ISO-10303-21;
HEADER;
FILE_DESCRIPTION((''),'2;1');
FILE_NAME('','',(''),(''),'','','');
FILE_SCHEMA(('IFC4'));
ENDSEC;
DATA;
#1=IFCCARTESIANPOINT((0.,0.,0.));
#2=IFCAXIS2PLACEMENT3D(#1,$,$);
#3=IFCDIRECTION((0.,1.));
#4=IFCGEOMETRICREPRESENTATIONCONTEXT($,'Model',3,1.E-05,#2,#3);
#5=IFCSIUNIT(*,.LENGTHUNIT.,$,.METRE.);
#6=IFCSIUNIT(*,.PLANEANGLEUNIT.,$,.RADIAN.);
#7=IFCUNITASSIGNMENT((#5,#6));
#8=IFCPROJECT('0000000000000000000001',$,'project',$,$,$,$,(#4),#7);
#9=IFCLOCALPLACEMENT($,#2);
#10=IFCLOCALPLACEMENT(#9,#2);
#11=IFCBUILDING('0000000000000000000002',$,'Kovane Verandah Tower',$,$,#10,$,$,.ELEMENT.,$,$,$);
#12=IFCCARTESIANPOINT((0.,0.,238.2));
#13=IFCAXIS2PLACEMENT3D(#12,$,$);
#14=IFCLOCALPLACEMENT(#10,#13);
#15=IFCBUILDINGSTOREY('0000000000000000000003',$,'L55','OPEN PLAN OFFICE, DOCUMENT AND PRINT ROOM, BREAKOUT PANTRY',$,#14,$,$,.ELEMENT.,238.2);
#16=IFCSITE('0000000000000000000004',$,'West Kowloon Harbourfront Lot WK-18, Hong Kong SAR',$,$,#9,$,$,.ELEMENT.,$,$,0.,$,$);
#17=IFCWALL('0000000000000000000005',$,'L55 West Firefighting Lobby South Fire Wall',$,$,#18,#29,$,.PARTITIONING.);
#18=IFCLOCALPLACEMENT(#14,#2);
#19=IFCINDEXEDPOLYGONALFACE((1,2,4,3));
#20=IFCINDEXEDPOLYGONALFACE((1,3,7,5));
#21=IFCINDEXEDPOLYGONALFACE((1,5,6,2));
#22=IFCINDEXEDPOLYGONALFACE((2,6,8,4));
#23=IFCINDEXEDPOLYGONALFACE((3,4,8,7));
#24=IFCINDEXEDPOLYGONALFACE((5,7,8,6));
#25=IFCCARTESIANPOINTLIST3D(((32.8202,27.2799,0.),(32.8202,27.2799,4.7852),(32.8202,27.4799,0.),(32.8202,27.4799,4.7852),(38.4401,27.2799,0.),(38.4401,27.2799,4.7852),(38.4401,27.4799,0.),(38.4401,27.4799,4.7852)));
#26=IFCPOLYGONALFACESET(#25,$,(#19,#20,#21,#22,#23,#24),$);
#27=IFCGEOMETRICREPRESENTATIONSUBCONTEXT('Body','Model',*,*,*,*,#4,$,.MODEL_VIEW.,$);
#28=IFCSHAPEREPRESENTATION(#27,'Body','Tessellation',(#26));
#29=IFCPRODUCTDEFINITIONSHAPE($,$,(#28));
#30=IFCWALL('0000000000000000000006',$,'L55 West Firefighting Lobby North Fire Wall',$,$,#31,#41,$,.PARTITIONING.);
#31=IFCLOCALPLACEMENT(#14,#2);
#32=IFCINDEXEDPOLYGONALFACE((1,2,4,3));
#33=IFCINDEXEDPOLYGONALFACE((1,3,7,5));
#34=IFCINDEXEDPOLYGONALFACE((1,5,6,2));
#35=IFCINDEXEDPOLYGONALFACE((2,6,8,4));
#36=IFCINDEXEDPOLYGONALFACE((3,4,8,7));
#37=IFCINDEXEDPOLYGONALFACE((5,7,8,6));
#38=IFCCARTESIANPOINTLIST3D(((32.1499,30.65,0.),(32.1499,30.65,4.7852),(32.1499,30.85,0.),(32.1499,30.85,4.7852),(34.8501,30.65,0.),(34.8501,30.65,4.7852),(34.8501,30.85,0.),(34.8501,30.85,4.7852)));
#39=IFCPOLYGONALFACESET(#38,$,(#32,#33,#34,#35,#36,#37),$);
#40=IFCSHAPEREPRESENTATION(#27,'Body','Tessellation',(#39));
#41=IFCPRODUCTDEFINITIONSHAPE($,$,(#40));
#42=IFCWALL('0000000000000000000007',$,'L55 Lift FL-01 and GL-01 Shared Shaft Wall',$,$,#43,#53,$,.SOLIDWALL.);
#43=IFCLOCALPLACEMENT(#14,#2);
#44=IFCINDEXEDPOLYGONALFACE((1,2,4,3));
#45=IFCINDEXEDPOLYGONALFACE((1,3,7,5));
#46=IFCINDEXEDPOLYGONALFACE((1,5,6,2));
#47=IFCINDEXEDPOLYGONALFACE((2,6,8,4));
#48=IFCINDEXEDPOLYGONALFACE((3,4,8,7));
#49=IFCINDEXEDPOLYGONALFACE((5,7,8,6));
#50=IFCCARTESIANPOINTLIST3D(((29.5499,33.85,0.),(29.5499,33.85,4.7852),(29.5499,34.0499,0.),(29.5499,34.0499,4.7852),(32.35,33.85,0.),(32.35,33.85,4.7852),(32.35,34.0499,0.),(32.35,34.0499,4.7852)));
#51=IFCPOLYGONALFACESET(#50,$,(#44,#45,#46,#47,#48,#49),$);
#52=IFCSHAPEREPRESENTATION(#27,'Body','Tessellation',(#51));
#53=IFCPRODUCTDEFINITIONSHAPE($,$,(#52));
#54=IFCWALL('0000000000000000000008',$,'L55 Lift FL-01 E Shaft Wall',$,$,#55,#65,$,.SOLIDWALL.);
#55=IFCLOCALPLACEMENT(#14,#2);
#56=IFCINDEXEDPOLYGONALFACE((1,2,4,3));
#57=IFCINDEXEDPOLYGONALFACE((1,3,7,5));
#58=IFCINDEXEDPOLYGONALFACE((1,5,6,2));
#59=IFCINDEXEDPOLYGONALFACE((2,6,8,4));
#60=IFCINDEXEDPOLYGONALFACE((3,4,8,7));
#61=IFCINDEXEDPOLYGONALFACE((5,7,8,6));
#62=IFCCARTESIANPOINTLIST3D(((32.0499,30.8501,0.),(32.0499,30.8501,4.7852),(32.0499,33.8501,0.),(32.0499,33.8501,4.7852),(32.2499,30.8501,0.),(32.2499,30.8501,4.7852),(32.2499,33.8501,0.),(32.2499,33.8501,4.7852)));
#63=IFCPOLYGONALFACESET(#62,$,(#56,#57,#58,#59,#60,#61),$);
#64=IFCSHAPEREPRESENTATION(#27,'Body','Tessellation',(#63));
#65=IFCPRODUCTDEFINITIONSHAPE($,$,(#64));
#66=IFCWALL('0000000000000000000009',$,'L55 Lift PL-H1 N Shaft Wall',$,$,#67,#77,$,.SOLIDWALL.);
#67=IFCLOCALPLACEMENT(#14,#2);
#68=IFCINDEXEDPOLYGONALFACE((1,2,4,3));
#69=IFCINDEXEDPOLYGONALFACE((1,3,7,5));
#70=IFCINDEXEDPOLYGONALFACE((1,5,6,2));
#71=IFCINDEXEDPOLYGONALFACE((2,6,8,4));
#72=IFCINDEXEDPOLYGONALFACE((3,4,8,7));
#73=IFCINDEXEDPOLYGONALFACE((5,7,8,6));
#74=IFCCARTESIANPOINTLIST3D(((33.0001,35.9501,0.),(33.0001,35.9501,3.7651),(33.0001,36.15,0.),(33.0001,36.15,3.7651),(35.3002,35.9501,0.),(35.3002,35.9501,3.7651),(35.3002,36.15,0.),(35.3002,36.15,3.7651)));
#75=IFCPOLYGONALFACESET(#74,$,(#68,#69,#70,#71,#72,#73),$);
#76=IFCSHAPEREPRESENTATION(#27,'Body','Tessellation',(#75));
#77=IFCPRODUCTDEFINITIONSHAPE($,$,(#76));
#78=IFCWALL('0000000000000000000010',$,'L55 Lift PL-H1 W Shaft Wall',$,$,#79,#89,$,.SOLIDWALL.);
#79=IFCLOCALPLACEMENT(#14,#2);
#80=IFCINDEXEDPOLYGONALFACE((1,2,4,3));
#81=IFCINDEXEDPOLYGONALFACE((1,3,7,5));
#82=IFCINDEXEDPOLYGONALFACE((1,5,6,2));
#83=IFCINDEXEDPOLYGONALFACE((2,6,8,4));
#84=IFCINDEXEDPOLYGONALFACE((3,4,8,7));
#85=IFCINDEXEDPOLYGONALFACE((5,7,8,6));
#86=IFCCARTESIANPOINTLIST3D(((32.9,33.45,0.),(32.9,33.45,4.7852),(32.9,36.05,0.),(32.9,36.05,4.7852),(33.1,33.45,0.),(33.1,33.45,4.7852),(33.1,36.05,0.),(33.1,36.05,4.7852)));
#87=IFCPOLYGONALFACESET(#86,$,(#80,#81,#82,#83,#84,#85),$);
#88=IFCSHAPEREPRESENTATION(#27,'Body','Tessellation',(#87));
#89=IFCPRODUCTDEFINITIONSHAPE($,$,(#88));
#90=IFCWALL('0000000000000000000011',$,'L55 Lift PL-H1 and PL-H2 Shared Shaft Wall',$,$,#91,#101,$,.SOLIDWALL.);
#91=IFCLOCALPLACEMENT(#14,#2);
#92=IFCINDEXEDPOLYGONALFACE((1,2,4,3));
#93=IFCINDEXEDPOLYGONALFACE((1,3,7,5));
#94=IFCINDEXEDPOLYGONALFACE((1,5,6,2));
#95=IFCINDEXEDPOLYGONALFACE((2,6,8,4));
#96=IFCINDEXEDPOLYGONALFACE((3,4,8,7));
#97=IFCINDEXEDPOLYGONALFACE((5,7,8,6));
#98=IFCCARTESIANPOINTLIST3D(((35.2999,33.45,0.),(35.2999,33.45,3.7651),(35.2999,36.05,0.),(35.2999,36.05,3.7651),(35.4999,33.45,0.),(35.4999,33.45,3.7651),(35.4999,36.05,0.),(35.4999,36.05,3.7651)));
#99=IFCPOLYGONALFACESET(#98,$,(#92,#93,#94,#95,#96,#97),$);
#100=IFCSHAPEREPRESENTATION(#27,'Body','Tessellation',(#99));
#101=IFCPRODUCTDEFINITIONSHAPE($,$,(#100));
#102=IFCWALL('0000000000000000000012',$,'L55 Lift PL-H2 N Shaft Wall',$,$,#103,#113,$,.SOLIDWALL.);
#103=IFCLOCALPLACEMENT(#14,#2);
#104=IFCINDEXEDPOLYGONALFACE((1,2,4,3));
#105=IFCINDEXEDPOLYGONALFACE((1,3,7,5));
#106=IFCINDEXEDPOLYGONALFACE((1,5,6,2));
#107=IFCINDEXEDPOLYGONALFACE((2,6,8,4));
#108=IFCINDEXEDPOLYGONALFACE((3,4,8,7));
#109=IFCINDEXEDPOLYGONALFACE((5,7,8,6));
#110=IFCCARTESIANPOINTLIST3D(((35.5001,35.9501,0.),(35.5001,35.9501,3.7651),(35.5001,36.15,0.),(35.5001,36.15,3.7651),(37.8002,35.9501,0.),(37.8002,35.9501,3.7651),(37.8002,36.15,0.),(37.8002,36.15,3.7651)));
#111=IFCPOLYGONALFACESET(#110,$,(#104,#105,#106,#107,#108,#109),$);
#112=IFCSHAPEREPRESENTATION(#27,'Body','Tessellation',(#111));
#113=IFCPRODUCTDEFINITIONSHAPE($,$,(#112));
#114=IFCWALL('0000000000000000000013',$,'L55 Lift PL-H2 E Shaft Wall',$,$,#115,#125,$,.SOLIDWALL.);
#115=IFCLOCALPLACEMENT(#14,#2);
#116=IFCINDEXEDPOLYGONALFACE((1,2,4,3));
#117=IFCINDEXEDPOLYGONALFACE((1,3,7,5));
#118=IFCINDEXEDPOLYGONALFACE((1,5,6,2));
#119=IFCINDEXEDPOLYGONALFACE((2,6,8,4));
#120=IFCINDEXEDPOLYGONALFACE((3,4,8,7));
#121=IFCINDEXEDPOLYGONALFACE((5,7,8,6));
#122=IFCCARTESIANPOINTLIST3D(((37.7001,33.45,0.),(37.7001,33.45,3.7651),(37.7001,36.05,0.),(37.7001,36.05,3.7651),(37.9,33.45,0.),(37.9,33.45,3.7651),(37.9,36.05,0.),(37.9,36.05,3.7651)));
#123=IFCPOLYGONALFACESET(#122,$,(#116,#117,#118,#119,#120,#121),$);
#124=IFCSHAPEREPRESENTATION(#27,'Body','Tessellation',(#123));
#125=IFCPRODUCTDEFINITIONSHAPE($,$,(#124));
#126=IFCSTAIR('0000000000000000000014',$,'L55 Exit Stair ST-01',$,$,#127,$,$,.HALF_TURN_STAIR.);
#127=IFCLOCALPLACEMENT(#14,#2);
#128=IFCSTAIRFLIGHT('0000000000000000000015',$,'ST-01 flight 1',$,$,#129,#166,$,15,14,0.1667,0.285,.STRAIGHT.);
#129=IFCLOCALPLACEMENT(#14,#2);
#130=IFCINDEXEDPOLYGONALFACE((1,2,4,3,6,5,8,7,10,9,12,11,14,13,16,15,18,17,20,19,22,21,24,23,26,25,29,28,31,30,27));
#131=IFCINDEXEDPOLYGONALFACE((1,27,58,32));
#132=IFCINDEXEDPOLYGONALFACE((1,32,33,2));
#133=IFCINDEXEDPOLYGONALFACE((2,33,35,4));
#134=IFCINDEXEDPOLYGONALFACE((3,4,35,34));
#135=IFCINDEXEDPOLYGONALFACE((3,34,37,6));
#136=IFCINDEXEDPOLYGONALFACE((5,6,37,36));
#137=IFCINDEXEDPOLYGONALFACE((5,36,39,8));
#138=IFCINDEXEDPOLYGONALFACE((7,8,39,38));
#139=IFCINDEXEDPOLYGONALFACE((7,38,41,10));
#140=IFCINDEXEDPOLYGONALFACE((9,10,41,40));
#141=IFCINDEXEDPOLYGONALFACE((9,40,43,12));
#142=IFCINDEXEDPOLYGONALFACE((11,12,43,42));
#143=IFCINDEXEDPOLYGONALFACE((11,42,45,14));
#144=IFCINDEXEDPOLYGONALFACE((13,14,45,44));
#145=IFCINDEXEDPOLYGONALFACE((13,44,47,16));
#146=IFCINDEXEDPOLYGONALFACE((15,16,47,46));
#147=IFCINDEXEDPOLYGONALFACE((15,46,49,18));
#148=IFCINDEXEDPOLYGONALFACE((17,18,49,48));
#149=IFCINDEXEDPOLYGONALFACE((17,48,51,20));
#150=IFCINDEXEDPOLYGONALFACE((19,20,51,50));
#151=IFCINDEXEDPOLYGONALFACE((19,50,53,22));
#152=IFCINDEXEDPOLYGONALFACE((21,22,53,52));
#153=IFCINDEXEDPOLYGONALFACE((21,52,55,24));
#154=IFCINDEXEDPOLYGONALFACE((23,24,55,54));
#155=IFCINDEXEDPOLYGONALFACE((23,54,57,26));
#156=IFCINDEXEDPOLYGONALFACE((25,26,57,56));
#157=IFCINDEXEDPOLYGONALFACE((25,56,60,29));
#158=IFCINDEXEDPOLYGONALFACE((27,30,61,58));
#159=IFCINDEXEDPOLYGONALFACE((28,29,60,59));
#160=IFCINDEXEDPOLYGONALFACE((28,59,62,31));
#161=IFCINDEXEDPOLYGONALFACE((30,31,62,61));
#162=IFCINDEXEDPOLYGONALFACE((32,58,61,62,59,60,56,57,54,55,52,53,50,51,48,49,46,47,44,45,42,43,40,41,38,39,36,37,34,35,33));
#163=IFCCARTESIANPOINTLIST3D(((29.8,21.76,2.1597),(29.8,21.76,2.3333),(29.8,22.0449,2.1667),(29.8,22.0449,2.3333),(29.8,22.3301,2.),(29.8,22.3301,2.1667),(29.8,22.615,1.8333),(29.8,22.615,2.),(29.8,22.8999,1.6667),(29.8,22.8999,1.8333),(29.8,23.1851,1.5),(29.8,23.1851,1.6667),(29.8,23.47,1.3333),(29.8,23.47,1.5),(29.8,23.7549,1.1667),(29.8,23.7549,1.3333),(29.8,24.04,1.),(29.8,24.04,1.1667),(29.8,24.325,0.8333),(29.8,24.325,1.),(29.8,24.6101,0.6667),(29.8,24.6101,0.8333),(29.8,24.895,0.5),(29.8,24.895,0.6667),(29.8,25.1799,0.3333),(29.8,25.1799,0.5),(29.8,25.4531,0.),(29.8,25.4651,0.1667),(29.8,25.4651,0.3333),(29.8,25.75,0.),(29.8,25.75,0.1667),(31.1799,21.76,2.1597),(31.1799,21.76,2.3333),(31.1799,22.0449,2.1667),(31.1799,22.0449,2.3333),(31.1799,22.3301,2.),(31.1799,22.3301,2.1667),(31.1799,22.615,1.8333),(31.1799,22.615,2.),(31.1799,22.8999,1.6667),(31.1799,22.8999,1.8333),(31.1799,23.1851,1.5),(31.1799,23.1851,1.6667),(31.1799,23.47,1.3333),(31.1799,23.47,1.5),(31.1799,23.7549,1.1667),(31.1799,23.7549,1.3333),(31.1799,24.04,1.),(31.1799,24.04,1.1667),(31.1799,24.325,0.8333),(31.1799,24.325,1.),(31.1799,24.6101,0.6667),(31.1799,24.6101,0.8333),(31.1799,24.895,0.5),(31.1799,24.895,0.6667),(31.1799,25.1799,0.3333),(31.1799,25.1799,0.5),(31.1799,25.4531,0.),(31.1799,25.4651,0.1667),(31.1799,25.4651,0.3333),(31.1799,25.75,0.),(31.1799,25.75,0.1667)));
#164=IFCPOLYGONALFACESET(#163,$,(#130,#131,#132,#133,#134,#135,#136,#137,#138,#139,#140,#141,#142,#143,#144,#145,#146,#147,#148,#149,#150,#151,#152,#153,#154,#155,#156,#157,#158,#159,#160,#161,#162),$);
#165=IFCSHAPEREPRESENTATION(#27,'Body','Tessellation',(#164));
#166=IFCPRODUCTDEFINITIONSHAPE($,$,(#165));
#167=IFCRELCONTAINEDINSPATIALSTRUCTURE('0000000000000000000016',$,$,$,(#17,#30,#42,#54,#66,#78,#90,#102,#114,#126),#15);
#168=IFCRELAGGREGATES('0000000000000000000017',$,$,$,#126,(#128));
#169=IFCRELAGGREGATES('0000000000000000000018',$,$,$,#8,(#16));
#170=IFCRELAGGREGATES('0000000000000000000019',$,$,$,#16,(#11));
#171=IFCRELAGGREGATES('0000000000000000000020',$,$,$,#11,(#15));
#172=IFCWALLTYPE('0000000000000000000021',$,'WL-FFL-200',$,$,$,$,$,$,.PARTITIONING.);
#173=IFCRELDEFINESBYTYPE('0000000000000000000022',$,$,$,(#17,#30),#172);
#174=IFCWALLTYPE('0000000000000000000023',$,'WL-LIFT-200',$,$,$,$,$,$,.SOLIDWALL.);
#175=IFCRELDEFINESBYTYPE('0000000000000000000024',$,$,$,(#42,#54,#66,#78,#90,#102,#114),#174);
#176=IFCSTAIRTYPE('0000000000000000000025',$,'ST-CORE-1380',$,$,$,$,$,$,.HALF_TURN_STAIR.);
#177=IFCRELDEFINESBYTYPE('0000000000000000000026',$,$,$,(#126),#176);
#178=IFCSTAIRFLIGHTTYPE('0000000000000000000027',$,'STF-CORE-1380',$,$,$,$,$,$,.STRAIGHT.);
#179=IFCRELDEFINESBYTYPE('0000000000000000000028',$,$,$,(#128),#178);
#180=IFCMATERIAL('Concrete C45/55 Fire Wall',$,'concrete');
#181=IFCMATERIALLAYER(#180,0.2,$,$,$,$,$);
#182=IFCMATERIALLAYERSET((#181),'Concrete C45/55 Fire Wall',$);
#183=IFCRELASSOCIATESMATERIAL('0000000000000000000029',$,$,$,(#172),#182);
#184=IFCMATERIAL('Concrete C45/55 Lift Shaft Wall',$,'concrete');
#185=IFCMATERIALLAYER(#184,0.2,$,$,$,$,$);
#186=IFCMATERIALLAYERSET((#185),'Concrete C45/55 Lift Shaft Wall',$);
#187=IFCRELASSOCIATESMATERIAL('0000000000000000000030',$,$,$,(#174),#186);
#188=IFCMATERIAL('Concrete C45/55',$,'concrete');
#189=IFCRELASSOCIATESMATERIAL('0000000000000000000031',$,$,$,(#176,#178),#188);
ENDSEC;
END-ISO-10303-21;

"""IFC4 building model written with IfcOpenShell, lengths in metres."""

from ifc_helpers import new_model, si_unit, direction, frame, frame_2d, origin, place, context, subcontext, project, spatial, polyline, rectangle, outline, extrude, material, layer, layer_set, type_object, element, aggregate, save


model = new_model("IFC4")

# Units and contexts
model_context = context("Model", 3, precision=1e-05, world=origin(), true_north=direction((0.0, 1.0)))
body_context = subcontext(model_context, "Body", "Model", "MODEL_VIEW")
ifc_project = project(units=[si_unit("LENGTHUNIT", "METRE"), si_unit("PLANEANGLEUNIT", "RADIAN")], contexts=[model_context])

# Site, building, storey
site_placement = place(None, origin())
site = spatial("IfcSite", under=ifc_project, at=site_placement, Name="West Kowloon Harbourfront Lot WK-18, Hong Kong SAR", CompositionType="ELEMENT", RefElevation=0.0)
building_placement = place(site_placement, origin())
building = spatial("IfcBuilding", under=site, at=building_placement, Name="Kovane Verandah Tower", CompositionType="ELEMENT")
storey_placement = place(building_placement, frame((0.0, 0.0, 238.2)))
storey = spatial("IfcBuildingStorey", under=building, at=storey_placement, Name="L55", Description="OPEN PLAN OFFICE, DOCUMENT AND PRINT ROOM, BREAKOUT PANTRY", CompositionType="ELEMENT", Elevation=238.2)

# Shared definitions
ifc_material_1 = material(Name="Concrete C45/55 Fire Wall", Category="concrete")
ifc_layer_1 = layer(ifc_material_1, 0.2)
ifc_layer_set_1 = layer_set([ifc_layer_1], Name="Concrete C45/55 Fire Wall")
wall_type_1 = type_object("IfcWallType", Name="WL-FFL-200", PredefinedType="PARTITIONING", material=ifc_layer_set_1)

# Walls
wall_1_placement = place(storey_placement, frame((32.8201, 27.3799, 0.0), z_axis=(0.0, 0.0, 1.0), x_axis=(1.0, 0.0, 0.0)))
element("IfcWall", 1, at=wall_1_placement, inside=storey, type_object=wall_type_1, Name="L55 West Firefighting Lobby South Fire Wall", PredefinedType="PARTITIONING", context=body_context, shape_type="SweptSolid", body=[
    extrude(rectangle(XDim=5.6199, YDim=0.2, at=frame_2d((2.8101, 0.0))), origin(), (0.0, 0.0, 1.0), 4.7852),
])
wall_2_placement = place(storey_placement, frame((32.1499, 30.75, 0.0), z_axis=(0.0, 0.0, 1.0), x_axis=(1.0, 0.0, 0.0)))
element("IfcWall", 2, at=wall_2_placement, inside=storey, type_object=wall_type_1, Name="L55 West Firefighting Lobby North Fire Wall", PredefinedType="PARTITIONING", context=body_context, shape_type="SweptSolid", body=[
    extrude(rectangle(XDim=2.7002, YDim=0.2, at=frame_2d((1.3501, 0.0))), origin(), (0.0, 0.0, 1.0), 4.7852),
])

# Shared definitions
ifc_material_2 = material(Name="Concrete C45/55 Lift Shaft Wall", Category="concrete")
ifc_layer_2 = layer(ifc_material_2, 0.2)
ifc_layer_set_2 = layer_set([ifc_layer_2], Name="Concrete C45/55 Lift Shaft Wall")
wall_type_2 = type_object("IfcWallType", Name="WL-LIFT-200", PredefinedType="SOLIDWALL", material=ifc_layer_set_2)

# Walls
wall_3_placement = place(storey_placement, frame((29.55, 33.95, 0.0), z_axis=(0.0, 0.0, 1.0), x_axis=(1.0, 0.0, 0.0)))
element("IfcWall", 3, at=wall_3_placement, inside=storey, type_object=wall_type_2, Name="L55 Lift FL-01 and GL-01 Shared Shaft Wall", PredefinedType="SOLIDWALL", context=body_context, shape_type="SweptSolid", body=[
    extrude(rectangle(XDim=2.8, YDim=0.2, at=frame_2d((1.3999, 0.0))), origin(), (0.0, 0.0, 1.0), 4.7852),
])
wall_4_placement = place(storey_placement, frame((32.1499, 30.8501, 0.0), z_axis=(0.0, 0.0, 1.0), x_axis=(0.0, 1.0, 0.0)))
element("IfcWall", 4, at=wall_4_placement, inside=storey, type_object=wall_type_2, Name="L55 Lift FL-01 E Shaft Wall", PredefinedType="SOLIDWALL", context=body_context, shape_type="SweptSolid", body=[
    extrude(rectangle(XDim=3.0, YDim=0.2, at=frame_2d((1.5, 0.0))), origin(), (0.0, 0.0, 1.0), 4.7852),
])

# Walls
wall_5_placement = place(storey_placement, frame((35.3, 36.05, 0.0), z_axis=(0.0, 0.0, 1.0), x_axis=(-1.0, 0.0, 0.0)))
element("IfcWall", 5, at=wall_5_placement, inside=storey, type_object=wall_type_2, Name="L55 Lift PL-H1 N Shaft Wall", PredefinedType="SOLIDWALL", context=body_context, shape_type="SweptSolid", body=[
    extrude(rectangle(XDim=2.3, YDim=0.2, at=frame_2d((1.1499, 0.0))), origin(), (0.0, 0.0, 1.0), 3.7651),
])
wall_6_placement = place(storey_placement, frame((33.0, 36.05, 0.0), z_axis=(0.0, 0.0, 1.0), x_axis=(0.0, -1.0, 0.0)))
element("IfcWall", 6, at=wall_6_placement, inside=storey, type_object=wall_type_2, Name="L55 Lift PL-H1 W Shaft Wall", PredefinedType="SOLIDWALL", context=body_context, shape_type="SweptSolid", body=[
    extrude(rectangle(XDim=2.6001, YDim=0.2, at=frame_2d((1.3, 0.0))), origin(), (0.0, 0.0, 1.0), 4.7852),
])
wall_7_placement = place(storey_placement, frame((35.3999, 33.45, 0.0), z_axis=(0.0, 0.0, 1.0), x_axis=(0.0, 1.0, 0.0)))
element("IfcWall", 7, at=wall_7_placement, inside=storey, type_object=wall_type_2, Name="L55 Lift PL-H1 and PL-H2 Shared Shaft Wall", PredefinedType="SOLIDWALL", context=body_context, shape_type="SweptSolid", body=[
    extrude(rectangle(XDim=2.6001, YDim=0.2, at=frame_2d((1.3, 0.0))), origin(), (0.0, 0.0, 1.0), 3.7651),
])

# Walls
wall_8_placement = place(storey_placement, frame((37.8, 36.05, 0.0), z_axis=(0.0, 0.0, 1.0), x_axis=(-1.0, 0.0, 0.0)))
element("IfcWall", 8, at=wall_8_placement, inside=storey, type_object=wall_type_2, Name="L55 Lift PL-H2 N Shaft Wall", PredefinedType="SOLIDWALL", context=body_context, shape_type="SweptSolid", body=[
    extrude(rectangle(XDim=2.3, YDim=0.2, at=frame_2d((1.1499, 0.0))), origin(), (0.0, 0.0, 1.0), 3.7651),
])
wall_9_placement = place(storey_placement, frame((37.8, 33.45, 0.0), z_axis=(0.0, 0.0, 1.0), x_axis=(0.0, 1.0, 0.0)))
element("IfcWall", 9, at=wall_9_placement, inside=storey, type_object=wall_type_2, Name="L55 Lift PL-H2 E Shaft Wall", PredefinedType="SOLIDWALL", context=body_context, shape_type="SweptSolid", body=[
    extrude(rectangle(XDim=2.6001, YDim=0.2, at=frame_2d((1.3, 0.0))), origin(), (0.0, 0.0, 1.0), 3.7651),
])

# Shared definitions
ifc_material_3 = material(Name="Concrete C45/55", Category="concrete")

# Stair, stair flight
stair_type = type_object("IfcStairType", Name="ST-CORE-1380", PredefinedType="HALF_TURN_STAIR", material=ifc_material_3)
stair_placement = place(storey_placement, origin())
stair = element("IfcStair", 10, at=stair_placement, inside=storey, type_object=stair_type, Name="L55 Exit Stair ST-01", PredefinedType="HALF_TURN_STAIR")
stair_flight_type = type_object("IfcStairFlightType", Name="STF-CORE-1380", PredefinedType="STRAIGHT", material=ifc_material_3)
stair_flight_placement = place(storey_placement, frame((30.49, 25.75, 0.0), z_axis=(0.0, 0.0, 1.0), x_axis=(0.0, -1.0, 0.0)))
stair_flight = element("IfcStairFlight", 11, at=stair_flight_placement, type_object=stair_flight_type, Name="ST-01 flight 1", NumberOfRisers=15, NumberOfTreads=14, PredefinedType="STRAIGHT", RiserHeight=0.1667, TreadLength=0.285, context=body_context, shape_type="SweptSolid", body=[
    extrude(outline(polyline([(0.0, 0.0), (0.0, 0.1667), (0.2849, 0.1667), (0.2849, 0.3333), (0.5701, 0.3333), (0.5701, 0.5), (0.855, 0.5), (0.855, 0.6667), (1.1399, 0.6667), (1.1399, 0.8333), (1.425, 0.8333), (1.425, 1.0), (1.71, 1.0), (1.71, 1.1667), (1.9951, 1.1667), (1.9951, 1.3333), (2.28, 1.3333), (2.28, 1.5), (2.5649, 1.5), (2.5649, 1.6667), (2.8501, 1.6667), (2.8501, 1.8333), (3.135, 1.8333), (3.135, 2.0), (3.4199, 2.0), (3.4199, 2.1667), (3.7051, 2.1667), (3.7051, 2.3333), (3.99, 2.3333), (3.99, 2.5), (3.99, 2.1597), (0.2969, 0.0), (0.0, 0.0)])), frame((0.0, 0.6899, 0.0), z_axis=(0.0, -1.0, 0.0), x_axis=(1.0, 0.0, 0.0)), (0.0, 0.0, 1.0), 1.3799),
])
aggregate(stair, [stair_flight])

save(model, "model.ifc")
